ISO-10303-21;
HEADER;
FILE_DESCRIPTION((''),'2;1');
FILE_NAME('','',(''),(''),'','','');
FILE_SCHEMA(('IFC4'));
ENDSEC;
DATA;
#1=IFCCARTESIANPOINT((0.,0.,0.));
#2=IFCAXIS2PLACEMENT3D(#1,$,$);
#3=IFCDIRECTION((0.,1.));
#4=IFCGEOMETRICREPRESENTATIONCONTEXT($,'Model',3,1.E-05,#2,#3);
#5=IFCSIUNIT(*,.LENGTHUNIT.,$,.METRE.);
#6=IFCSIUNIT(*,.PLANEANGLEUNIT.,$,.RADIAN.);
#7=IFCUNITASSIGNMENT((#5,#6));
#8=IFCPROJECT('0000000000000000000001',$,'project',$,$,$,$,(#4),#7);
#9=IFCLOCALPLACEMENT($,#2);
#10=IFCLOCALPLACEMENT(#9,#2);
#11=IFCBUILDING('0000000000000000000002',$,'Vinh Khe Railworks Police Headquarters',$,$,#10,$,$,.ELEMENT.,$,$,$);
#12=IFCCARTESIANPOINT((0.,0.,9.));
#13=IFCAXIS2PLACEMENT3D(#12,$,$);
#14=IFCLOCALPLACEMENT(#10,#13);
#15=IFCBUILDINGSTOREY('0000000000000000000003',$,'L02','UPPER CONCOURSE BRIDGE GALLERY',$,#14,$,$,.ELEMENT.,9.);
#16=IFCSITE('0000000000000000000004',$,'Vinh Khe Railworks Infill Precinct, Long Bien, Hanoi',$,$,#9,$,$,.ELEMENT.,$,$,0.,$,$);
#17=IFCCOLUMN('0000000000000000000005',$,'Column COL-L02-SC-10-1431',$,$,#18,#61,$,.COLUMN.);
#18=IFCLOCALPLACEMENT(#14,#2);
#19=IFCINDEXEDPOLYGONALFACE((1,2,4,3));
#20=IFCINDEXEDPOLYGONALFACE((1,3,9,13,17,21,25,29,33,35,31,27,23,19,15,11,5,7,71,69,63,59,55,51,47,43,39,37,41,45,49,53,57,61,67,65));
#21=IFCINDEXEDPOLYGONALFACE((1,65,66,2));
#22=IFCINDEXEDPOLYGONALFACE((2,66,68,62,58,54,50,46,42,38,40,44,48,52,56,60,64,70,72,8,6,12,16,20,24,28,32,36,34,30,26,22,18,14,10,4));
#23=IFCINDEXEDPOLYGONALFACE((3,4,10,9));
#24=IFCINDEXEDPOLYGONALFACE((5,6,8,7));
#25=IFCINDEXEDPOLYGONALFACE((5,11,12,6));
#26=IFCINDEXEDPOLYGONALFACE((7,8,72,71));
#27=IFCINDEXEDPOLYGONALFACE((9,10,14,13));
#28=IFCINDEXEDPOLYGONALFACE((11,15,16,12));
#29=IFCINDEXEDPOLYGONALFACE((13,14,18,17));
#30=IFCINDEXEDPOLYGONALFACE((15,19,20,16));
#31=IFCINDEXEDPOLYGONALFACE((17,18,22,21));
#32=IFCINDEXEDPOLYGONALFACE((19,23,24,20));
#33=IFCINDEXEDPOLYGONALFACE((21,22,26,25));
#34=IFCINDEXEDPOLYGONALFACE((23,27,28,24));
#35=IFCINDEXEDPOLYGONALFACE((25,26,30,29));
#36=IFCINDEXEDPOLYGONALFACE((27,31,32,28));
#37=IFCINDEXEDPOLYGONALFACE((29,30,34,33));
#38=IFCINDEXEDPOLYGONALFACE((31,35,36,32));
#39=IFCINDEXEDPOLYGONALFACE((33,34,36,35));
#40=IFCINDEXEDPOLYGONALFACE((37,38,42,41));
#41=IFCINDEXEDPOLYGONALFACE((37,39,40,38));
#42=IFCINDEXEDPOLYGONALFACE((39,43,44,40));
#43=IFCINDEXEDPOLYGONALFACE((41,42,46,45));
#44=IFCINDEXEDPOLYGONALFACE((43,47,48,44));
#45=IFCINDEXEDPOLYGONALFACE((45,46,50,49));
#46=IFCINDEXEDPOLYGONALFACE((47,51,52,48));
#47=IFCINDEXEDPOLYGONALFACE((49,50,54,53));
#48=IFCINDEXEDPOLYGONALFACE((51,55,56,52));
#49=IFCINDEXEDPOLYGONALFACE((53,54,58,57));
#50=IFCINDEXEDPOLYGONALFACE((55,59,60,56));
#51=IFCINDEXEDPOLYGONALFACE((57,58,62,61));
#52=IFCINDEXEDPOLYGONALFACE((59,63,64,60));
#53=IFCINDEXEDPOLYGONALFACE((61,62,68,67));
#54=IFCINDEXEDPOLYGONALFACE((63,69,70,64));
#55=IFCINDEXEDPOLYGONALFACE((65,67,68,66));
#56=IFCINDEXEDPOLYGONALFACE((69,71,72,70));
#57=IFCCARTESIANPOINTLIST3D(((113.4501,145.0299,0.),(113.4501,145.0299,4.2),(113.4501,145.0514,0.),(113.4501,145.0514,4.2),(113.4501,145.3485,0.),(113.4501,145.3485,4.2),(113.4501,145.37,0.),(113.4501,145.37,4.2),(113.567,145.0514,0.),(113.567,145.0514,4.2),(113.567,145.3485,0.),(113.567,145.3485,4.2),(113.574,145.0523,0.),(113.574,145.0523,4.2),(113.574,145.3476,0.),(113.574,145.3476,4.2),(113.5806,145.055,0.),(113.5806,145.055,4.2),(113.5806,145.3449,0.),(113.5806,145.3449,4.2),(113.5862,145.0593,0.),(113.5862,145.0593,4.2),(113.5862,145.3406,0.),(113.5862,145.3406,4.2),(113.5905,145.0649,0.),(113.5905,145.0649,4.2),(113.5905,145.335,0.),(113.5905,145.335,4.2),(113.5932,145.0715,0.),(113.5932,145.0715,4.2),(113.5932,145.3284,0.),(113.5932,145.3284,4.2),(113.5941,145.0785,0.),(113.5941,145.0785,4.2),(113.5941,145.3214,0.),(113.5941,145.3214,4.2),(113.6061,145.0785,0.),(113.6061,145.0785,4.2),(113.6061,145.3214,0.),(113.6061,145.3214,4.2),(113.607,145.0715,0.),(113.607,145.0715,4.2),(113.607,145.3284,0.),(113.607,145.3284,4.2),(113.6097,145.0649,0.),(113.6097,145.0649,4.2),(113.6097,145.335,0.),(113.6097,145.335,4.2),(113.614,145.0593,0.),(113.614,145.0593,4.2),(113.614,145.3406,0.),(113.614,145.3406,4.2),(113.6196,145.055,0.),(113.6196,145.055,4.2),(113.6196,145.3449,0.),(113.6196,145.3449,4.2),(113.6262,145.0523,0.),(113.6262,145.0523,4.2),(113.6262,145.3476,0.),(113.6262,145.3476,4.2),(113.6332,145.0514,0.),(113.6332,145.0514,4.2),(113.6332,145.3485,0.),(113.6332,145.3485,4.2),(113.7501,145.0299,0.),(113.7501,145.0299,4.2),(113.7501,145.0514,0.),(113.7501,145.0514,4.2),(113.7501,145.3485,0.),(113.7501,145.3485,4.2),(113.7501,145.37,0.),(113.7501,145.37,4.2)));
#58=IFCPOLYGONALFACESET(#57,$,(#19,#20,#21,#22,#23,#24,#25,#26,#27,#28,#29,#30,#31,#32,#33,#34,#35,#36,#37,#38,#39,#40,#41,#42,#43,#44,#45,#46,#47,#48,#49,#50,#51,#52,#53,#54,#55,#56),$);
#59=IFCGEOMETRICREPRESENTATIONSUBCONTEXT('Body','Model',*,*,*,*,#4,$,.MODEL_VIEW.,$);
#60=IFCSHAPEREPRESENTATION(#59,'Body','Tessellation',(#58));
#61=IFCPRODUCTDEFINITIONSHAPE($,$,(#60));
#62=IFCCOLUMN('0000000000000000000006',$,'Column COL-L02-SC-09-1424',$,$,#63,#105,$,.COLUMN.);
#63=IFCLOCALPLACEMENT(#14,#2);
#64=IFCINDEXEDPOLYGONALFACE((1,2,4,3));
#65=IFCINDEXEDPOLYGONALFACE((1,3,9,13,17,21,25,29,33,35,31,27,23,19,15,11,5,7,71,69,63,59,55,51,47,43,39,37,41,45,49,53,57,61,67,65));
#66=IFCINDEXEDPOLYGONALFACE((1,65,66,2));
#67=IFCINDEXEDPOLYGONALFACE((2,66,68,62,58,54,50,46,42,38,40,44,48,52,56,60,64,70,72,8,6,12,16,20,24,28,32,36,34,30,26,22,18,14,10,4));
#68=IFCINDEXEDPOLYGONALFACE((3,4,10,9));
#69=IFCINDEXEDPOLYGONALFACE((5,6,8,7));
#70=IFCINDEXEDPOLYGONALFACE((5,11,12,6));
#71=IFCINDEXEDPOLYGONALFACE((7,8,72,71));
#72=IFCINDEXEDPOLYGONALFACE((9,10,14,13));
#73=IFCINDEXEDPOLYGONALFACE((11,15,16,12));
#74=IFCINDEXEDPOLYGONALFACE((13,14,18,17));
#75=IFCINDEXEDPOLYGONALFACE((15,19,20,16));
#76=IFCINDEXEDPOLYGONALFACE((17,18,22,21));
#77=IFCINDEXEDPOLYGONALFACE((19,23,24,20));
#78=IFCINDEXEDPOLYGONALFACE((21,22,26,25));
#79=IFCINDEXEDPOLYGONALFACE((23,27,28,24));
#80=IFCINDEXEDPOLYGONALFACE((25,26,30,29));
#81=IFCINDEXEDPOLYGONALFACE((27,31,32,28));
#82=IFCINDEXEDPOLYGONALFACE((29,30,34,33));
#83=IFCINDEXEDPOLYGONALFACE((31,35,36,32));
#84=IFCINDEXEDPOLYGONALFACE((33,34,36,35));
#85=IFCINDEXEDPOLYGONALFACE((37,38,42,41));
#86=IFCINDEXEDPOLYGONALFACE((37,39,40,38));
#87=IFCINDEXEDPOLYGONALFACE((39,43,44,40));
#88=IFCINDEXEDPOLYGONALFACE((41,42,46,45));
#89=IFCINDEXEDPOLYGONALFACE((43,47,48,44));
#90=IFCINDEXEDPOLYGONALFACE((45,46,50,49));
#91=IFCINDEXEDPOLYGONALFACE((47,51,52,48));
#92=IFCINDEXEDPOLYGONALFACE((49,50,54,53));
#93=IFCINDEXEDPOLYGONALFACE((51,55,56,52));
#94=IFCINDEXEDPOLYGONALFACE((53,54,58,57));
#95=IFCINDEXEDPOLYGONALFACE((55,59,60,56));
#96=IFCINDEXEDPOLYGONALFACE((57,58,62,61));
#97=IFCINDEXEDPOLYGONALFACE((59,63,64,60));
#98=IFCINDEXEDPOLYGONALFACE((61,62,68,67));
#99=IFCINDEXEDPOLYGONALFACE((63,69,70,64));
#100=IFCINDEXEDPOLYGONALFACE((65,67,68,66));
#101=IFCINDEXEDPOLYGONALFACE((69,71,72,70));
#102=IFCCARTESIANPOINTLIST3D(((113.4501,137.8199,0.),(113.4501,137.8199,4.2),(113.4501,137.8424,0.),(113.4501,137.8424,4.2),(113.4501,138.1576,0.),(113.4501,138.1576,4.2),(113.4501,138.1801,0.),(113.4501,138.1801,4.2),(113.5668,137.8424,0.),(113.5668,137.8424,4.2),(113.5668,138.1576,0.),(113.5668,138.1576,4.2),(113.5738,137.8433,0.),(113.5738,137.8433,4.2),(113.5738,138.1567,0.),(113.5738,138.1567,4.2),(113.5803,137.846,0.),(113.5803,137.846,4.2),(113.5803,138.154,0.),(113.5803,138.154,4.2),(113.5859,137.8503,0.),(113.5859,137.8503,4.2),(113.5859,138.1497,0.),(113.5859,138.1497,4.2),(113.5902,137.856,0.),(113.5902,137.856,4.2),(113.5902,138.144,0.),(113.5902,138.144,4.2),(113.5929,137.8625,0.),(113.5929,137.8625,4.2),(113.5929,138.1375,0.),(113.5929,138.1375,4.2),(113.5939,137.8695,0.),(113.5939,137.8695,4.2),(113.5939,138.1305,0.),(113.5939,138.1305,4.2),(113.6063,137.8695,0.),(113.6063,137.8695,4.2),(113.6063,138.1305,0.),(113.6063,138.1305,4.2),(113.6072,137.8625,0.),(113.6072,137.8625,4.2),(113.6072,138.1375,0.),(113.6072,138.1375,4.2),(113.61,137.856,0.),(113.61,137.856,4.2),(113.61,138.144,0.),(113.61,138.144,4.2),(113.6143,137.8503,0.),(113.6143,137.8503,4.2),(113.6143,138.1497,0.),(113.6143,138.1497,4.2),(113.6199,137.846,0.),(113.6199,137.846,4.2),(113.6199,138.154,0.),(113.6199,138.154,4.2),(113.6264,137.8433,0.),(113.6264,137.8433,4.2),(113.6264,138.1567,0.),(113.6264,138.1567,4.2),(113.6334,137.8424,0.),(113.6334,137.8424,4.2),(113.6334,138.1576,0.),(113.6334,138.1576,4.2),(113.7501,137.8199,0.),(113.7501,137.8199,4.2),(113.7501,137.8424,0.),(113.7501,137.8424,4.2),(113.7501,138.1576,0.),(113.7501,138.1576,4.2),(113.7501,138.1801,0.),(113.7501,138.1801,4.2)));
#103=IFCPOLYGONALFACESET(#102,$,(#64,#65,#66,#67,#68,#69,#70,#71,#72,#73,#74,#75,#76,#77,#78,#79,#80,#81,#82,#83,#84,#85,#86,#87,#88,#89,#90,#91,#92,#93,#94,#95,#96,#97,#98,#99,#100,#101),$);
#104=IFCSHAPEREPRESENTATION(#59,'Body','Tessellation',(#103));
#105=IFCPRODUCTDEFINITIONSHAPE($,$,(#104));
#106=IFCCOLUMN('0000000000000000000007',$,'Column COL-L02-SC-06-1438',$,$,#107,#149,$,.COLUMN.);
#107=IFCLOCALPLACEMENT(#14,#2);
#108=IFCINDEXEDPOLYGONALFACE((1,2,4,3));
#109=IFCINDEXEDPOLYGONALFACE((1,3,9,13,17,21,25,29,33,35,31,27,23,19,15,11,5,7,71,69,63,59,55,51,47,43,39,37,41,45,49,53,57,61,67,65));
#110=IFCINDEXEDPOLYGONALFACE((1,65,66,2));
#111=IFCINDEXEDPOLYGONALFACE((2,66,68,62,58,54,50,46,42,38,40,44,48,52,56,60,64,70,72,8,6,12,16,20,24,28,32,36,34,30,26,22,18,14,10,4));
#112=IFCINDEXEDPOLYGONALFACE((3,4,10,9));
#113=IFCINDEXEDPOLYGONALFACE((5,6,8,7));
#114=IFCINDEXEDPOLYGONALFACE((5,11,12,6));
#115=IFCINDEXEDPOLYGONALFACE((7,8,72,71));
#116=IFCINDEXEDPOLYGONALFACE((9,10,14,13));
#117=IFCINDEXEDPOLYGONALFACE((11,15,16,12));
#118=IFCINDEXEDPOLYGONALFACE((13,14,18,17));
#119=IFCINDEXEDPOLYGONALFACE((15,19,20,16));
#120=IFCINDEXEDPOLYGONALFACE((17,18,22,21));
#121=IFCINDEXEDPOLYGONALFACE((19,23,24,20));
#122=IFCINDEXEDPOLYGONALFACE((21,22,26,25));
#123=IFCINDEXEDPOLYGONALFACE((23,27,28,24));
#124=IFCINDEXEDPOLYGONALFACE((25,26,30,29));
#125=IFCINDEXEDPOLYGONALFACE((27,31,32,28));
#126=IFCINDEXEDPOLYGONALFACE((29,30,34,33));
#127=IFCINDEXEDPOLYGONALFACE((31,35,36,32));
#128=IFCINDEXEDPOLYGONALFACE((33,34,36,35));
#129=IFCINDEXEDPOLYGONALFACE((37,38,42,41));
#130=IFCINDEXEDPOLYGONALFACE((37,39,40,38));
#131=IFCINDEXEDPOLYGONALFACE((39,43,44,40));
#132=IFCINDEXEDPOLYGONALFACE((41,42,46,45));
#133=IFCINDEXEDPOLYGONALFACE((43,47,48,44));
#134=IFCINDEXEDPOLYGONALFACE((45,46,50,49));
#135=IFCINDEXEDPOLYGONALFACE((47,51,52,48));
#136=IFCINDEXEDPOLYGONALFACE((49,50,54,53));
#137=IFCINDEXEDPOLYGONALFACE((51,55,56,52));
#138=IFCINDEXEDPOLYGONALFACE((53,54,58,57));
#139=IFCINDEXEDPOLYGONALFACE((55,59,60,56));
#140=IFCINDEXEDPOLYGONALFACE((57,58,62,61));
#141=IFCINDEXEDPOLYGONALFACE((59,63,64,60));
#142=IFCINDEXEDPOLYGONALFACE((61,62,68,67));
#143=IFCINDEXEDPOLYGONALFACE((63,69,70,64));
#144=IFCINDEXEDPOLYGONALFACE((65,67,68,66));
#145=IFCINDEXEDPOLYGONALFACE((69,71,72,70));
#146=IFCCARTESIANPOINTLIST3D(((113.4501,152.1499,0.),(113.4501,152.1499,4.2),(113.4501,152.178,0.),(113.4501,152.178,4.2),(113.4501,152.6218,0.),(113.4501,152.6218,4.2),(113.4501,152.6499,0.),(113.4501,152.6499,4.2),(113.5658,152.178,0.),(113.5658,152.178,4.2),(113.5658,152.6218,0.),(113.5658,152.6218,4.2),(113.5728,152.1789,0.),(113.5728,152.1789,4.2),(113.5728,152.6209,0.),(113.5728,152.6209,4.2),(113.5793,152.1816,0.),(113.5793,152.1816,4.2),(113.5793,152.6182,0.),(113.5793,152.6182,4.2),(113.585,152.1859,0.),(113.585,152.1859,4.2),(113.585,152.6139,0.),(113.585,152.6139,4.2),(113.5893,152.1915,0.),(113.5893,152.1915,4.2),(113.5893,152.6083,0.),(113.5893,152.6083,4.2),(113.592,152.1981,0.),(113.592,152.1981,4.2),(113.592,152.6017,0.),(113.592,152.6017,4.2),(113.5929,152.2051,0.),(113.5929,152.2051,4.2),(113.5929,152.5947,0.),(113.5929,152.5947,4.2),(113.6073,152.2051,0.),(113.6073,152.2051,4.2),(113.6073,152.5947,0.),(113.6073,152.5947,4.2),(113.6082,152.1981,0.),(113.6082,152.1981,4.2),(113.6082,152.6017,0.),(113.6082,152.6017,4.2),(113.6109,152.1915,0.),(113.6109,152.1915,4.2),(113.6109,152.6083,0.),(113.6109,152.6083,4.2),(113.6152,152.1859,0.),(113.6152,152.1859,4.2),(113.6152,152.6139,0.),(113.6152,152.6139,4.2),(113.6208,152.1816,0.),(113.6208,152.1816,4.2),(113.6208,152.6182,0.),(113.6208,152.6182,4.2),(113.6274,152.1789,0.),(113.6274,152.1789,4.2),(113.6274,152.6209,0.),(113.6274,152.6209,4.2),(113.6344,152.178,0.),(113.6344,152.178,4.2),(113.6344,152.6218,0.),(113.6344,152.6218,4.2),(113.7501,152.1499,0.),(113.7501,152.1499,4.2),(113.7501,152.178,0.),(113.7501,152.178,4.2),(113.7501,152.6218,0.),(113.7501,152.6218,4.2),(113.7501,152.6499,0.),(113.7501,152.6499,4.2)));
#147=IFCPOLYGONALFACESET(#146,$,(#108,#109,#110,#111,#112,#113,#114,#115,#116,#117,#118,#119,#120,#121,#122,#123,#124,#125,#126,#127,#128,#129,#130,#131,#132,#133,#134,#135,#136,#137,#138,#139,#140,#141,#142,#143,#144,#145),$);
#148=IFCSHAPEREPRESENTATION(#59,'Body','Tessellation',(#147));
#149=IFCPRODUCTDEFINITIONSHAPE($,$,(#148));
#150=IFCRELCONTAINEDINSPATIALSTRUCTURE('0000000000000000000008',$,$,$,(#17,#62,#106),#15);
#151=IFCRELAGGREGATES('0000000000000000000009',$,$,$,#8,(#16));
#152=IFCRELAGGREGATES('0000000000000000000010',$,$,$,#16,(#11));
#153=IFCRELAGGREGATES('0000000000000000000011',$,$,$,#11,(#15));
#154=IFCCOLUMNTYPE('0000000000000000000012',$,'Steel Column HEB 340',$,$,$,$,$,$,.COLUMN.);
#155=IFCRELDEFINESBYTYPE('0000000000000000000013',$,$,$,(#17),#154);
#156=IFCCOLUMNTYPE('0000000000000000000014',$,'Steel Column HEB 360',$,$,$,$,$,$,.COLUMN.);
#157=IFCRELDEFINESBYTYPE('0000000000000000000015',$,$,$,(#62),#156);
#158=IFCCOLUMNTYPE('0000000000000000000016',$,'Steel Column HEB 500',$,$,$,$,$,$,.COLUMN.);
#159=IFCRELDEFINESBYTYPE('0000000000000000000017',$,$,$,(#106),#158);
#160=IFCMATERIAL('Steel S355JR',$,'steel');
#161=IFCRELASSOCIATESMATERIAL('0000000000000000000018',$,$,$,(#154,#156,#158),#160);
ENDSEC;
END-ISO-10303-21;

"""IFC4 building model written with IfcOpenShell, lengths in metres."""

from ifc_helpers import new_model, si_unit, direction, frame, origin, origin_2d, place, context, subcontext, project, spatial, i_section, extrude, material, material_profile, profile_set, type_object, element, save


model = new_model("IFC4")

# Units and contexts
model_context = context("Model", 3, precision=1e-05, world=origin(), true_north=direction((0.0, 1.0)))
body_context = subcontext(model_context, "Body", "Model", "MODEL_VIEW")
ifc_project = project(units=[si_unit("LENGTHUNIT", "METRE"), si_unit("PLANEANGLEUNIT", "RADIAN")], contexts=[model_context])

# Site, building, storey
site_placement = place(None, origin())
site = spatial("IfcSite", under=ifc_project, at=site_placement, Name="Vinh Khe Railworks Infill Precinct, Long Bien, Hanoi", CompositionType="ELEMENT", RefElevation=0.0)
building_placement = place(site_placement, origin())
building = spatial("IfcBuilding", under=site, at=building_placement, Name="Vinh Khe Railworks Police Headquarters", CompositionType="ELEMENT")
storey_placement = place(building_placement, frame((0.0, 0.0, 9.0)))
storey = spatial("IfcBuildingStorey", under=building, at=storey_placement, Name="L02", Description="UPPER CONCOURSE BRIDGE GALLERY", CompositionType="ELEMENT", Elevation=9.0)

# Columns
ifc_material_1 = material(Name="Steel S355JR", Category="steel")
ifc_material_profile_1 = material_profile(ifc_material_1, i_section(OverallWidth=0.3, OverallDepth=0.3401, WebThickness=0.012, FlangeThickness=0.0215, FilletRadius=0.0271, at=origin_2d()), Name="HEB 340")
ifc_profile_set_1 = profile_set([ifc_material_profile_1], Name="Steel S355JR")
column_type_1 = type_object("IfcColumnType", Name="Steel Column HEB 340", PredefinedType="COLUMN", material=ifc_profile_set_1)
column_1_placement = place(storey_placement, frame((113.6001, 145.2, 0.0), z_axis=(0.0, 0.0, 1.0), x_axis=(1.0, 0.0, 0.0)))
element("IfcColumn", 1, at=column_1_placement, inside=storey, type_object=column_type_1, Name="Column COL-L02-SC-10-1431", PredefinedType="COLUMN", context=body_context, shape_type="SweptSolid", body=[
    extrude(i_section(OverallWidth=0.3, OverallDepth=0.3401, WebThickness=0.012, FlangeThickness=0.0215, FilletRadius=0.0271, at=origin_2d()), origin(), (0.0, 0.0, 1.0), 4.2),
])
ifc_material_profile_2 = material_profile(ifc_material_1, i_section(OverallWidth=0.3, OverallDepth=0.3601, WebThickness=0.0125, FlangeThickness=0.0225, FilletRadius=0.0271, at=origin_2d()), Name="HEB 360")
ifc_profile_set_2 = profile_set([ifc_material_profile_2], Name="Steel S355JR")
column_type_2 = type_object("IfcColumnType", Name="Steel Column HEB 360", PredefinedType="COLUMN", material=ifc_profile_set_2)
column_2_placement = place(storey_placement, frame((113.6001, 138.0, 0.0), z_axis=(0.0, 0.0, 1.0), x_axis=(1.0, 0.0, 0.0)))
element("IfcColumn", 2, at=column_2_placement, inside=storey, type_object=column_type_2, Name="Column COL-L02-SC-09-1424", PredefinedType="COLUMN", context=body_context, shape_type="SweptSolid", body=[
    extrude(i_section(OverallWidth=0.3, OverallDepth=0.3601, WebThickness=0.0125, FlangeThickness=0.0225, FilletRadius=0.0271, at=origin_2d()), origin(), (0.0, 0.0, 1.0), 4.2),
])
ifc_material_profile_3 = material_profile(ifc_material_1, i_section(OverallWidth=0.3, OverallDepth=0.5, WebThickness=0.0144, FlangeThickness=0.0281, FilletRadius=0.0271, at=origin_2d()), Name="HEB 500")
ifc_profile_set_3 = profile_set([ifc_material_profile_3], Name="Steel S355JR")
column_type_3 = type_object("IfcColumnType", Name="Steel Column HEB 500", PredefinedType="COLUMN", material=ifc_profile_set_3)
column_3_placement = place(storey_placement, frame((113.6001, 152.3999, 0.0), z_axis=(0.0, 0.0, 1.0), x_axis=(1.0, 0.0, 0.0)))
element("IfcColumn", 3, at=column_3_placement, inside=storey, type_object=column_type_3, Name="Column COL-L02-SC-06-1438", PredefinedType="COLUMN", context=body_context, shape_type="SweptSolid", body=[
    extrude(i_section(OverallWidth=0.3, OverallDepth=0.5, WebThickness=0.0144, FlangeThickness=0.0281, FilletRadius=0.0271, at=origin_2d()), origin(), (0.0, 0.0, 1.0), 4.2),
])

save(model, "model.ifc")
